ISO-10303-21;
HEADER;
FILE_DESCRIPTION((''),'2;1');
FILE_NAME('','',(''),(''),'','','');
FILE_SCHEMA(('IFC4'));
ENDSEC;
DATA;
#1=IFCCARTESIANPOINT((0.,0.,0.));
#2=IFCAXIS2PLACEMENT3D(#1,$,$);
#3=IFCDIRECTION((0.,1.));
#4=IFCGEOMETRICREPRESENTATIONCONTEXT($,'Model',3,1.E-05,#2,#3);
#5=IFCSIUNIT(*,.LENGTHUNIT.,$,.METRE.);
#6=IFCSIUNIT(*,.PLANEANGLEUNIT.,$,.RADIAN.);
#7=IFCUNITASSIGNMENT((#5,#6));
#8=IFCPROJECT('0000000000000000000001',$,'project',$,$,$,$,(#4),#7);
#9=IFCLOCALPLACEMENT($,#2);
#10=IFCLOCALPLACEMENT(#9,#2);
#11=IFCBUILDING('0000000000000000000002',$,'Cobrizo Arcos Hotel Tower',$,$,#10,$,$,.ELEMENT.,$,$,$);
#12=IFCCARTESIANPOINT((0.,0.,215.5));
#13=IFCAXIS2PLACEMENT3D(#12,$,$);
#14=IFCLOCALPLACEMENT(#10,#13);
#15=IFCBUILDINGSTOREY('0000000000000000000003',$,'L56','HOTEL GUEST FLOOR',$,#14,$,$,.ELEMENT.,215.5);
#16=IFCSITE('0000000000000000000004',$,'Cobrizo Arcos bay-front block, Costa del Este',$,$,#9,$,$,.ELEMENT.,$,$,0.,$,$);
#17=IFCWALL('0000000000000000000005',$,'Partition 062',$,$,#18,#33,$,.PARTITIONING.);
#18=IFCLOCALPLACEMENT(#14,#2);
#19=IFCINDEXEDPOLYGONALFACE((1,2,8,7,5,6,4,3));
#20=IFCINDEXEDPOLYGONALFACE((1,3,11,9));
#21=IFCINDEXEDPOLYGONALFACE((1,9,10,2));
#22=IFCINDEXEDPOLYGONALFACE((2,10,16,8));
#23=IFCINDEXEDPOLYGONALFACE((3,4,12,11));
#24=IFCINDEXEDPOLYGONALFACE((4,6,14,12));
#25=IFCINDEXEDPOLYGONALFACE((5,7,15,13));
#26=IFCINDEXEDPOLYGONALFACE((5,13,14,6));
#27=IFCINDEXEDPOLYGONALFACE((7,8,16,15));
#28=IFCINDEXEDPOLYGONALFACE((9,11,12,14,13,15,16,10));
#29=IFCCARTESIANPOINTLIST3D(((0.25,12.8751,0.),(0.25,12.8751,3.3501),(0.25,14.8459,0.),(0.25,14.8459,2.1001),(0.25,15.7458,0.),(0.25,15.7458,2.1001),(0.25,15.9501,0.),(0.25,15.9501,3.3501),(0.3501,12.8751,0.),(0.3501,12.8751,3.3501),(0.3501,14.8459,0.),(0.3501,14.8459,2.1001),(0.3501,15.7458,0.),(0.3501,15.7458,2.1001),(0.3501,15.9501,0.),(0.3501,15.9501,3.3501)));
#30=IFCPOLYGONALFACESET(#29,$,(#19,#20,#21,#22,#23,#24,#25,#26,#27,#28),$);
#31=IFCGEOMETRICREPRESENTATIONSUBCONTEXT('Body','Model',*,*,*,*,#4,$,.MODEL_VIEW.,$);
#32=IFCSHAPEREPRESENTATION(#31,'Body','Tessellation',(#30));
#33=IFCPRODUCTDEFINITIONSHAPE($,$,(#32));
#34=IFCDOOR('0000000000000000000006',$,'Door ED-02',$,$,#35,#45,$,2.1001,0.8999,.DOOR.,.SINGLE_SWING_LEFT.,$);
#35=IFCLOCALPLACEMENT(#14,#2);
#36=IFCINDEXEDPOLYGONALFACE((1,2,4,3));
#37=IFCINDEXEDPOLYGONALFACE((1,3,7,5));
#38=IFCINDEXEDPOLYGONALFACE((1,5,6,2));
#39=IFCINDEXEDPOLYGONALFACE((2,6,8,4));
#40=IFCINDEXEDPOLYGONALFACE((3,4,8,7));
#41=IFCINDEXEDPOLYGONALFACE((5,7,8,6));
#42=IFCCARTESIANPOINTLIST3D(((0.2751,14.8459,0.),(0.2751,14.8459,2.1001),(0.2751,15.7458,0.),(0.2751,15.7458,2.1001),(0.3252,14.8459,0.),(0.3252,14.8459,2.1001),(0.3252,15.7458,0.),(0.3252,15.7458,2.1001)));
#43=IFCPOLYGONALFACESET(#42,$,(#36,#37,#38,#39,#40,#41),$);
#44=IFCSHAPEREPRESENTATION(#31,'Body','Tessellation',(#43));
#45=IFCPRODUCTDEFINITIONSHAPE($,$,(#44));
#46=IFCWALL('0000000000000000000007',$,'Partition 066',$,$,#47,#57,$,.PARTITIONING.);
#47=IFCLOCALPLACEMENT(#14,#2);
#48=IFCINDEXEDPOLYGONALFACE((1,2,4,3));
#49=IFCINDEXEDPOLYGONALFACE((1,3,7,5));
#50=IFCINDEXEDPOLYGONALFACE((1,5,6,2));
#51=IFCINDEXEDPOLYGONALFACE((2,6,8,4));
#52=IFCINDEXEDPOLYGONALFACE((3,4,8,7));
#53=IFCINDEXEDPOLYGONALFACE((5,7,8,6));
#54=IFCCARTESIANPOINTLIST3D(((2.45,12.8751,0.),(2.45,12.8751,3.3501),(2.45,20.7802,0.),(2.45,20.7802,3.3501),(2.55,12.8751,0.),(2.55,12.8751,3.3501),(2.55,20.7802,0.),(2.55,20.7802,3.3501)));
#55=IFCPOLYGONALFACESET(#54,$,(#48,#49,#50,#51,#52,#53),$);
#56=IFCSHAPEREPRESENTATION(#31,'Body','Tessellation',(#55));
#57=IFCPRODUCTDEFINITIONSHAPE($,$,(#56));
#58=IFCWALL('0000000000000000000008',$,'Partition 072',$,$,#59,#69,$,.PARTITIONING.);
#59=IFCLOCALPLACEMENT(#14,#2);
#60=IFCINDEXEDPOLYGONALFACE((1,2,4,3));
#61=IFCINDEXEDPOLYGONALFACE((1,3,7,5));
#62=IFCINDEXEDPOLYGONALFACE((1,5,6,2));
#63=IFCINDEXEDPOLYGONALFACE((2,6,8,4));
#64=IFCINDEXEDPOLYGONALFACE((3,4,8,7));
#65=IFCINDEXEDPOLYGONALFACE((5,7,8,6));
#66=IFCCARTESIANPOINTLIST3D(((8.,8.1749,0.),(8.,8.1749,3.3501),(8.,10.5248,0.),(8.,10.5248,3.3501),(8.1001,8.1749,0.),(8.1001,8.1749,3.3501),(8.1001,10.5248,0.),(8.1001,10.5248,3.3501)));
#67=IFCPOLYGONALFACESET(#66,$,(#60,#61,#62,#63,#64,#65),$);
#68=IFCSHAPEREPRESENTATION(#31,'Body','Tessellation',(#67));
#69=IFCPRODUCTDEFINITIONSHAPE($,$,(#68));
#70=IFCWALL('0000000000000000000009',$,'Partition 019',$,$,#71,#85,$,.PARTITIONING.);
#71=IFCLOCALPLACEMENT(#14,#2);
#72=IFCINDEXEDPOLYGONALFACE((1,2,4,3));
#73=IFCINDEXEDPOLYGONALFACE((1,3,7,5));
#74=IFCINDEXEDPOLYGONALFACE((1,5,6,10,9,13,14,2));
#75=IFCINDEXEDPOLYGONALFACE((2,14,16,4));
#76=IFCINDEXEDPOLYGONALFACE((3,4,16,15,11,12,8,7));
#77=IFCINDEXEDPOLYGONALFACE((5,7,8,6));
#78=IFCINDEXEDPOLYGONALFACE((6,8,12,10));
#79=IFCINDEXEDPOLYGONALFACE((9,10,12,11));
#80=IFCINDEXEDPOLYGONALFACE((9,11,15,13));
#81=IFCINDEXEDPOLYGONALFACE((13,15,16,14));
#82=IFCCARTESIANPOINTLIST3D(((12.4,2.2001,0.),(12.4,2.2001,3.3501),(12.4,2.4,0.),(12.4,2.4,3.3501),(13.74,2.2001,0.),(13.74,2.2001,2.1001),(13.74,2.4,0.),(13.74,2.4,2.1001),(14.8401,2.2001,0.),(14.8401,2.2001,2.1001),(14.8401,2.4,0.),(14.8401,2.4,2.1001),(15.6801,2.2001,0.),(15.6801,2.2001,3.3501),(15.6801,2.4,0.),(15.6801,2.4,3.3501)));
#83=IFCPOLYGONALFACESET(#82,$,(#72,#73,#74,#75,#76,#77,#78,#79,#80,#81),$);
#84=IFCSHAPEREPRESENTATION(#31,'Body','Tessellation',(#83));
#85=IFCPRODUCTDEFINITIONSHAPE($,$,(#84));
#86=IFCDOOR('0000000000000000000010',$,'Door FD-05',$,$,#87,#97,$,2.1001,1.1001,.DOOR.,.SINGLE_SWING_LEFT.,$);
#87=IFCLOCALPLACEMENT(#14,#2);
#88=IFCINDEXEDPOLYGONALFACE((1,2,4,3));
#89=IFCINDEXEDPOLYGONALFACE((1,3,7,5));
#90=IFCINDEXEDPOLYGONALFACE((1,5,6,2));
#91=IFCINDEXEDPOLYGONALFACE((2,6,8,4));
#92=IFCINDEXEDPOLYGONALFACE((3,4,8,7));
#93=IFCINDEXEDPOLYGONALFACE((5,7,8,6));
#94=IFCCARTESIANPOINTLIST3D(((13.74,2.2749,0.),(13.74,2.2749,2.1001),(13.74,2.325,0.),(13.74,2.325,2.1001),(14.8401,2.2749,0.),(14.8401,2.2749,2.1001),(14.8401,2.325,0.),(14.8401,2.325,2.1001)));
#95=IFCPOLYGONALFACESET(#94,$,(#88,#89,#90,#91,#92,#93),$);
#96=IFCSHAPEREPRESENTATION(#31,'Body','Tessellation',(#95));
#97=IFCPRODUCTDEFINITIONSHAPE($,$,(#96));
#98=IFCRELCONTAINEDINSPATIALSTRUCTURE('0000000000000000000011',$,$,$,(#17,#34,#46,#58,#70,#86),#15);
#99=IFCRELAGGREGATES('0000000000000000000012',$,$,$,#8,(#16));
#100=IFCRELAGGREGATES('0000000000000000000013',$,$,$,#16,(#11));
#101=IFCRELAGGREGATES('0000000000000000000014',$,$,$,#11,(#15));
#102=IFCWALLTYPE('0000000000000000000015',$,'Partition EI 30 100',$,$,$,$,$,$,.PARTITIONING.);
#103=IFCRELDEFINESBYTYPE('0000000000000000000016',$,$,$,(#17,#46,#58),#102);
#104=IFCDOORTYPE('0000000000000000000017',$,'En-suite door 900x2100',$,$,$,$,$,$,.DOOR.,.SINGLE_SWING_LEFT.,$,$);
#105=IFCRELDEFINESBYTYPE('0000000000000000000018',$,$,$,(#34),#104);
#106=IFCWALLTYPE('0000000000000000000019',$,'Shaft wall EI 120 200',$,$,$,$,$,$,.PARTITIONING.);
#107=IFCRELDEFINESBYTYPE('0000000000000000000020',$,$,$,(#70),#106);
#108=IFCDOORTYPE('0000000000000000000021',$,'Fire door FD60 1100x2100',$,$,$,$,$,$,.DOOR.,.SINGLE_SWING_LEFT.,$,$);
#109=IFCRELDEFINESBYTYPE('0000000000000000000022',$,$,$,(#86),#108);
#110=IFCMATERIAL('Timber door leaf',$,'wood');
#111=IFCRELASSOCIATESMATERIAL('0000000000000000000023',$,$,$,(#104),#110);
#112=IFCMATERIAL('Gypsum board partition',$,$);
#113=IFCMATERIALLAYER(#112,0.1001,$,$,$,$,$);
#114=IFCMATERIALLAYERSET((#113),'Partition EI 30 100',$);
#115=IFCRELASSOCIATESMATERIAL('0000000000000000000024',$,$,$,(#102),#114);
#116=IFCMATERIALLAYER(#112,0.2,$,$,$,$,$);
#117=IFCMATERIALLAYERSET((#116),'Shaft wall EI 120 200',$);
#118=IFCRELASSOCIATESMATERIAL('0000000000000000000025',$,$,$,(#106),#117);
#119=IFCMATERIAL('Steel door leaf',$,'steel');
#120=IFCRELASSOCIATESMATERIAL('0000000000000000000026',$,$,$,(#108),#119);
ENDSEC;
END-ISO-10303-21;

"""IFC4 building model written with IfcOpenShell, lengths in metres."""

from ifc_helpers import new_model, si_unit, direction, frame, frame_2d, origin, place, context, subcontext, project, spatial, rectangle, extrude, material, layer, layer_set, type_object, element, fill, save


model = new_model("IFC4")

# Units and contexts
model_context = context("Model", 3, precision=1e-05, world=origin(), true_north=direction((0.0, 1.0)))
body_context = subcontext(model_context, "Body", "Model", "MODEL_VIEW")
ifc_project = project(units=[si_unit("LENGTHUNIT", "METRE"), si_unit("PLANEANGLEUNIT", "RADIAN")], contexts=[model_context])

# Site, building, storey
site_placement = place(None, origin())
site = spatial("IfcSite", under=ifc_project, at=site_placement, Name="Cobrizo Arcos bay-front block, Costa del Este", CompositionType="ELEMENT", RefElevation=0.0)
building_placement = place(site_placement, origin())
building = spatial("IfcBuilding", under=site, at=building_placement, Name="Cobrizo Arcos Hotel Tower", CompositionType="ELEMENT")
storey_placement = place(building_placement, frame((0.0, 0.0, 215.5)))
storey = spatial("IfcBuildingStorey", under=building, at=storey_placement, Name="L56", Description="HOTEL GUEST FLOOR", CompositionType="ELEMENT", Elevation=215.5)

# Shared definitions
ifc_material_1 = material(Name="Gypsum board partition")

# Shared definitions
ifc_material_2 = material(Name="Timber door leaf", Category="wood")
door_type_1 = type_object("IfcDoorType", Name="En-suite door 900x2100", OperationType="SINGLE_SWING_LEFT", PredefinedType="DOOR", material=ifc_material_2)

# Wall, opening, door
ifc_layer_1 = layer(ifc_material_1, 0.1001)
ifc_layer_set_1 = layer_set([ifc_layer_1], Name="Partition EI 30 100")
wall_type_1 = type_object("IfcWallType", Name="Partition EI 30 100", PredefinedType="PARTITIONING", material=ifc_layer_set_1)
wall_1_placement = place(storey_placement, frame((0.3, 12.875, 0.0), z_axis=(0.0, 0.0, 1.0), x_axis=(0.0, 1.0, 0.0)))
wall_1 = element("IfcWall", 1, at=wall_1_placement, inside=storey, type_object=wall_type_1, Name="Partition 062", PredefinedType="PARTITIONING", context=body_context, shape_type="SweptSolid", body=[
    extrude(rectangle(XDim=3.075, YDim=0.1001, at=frame_2d((1.5376, 0.0))), origin(), (0.0, 0.0, 1.0), 3.3501),
])
opening_1_placement = place(wall_1_placement, frame((1.9709, 0.0, 0.0)))
opening_1 = element("IfcOpeningElement", 2, at=opening_1_placement, cuts=wall_1, PredefinedType="OPENING", context=body_context, shape_type="SweptSolid", body=[
    extrude(rectangle(XDim=0.8999, YDim=2.1001, at=frame_2d((0.45, 1.05))), frame((0.0, 0.062, 0.0), z_axis=(0.0, -1.0, 0.0), x_axis=(1.0, 0.0, 0.0)), (0.0, 0.0, 1.0), 0.124),
])
door_1_placement = place(opening_1_placement, origin())
door_1 = element("IfcDoor", 3, at=door_1_placement, inside=storey, type_object=door_type_1, Name="Door ED-02", OperationType="SINGLE_SWING_LEFT", OverallHeight=2.1001, OverallWidth=0.8999, PredefinedType="DOOR", context=body_context, shape_type="SweptSolid", body=[
    extrude(rectangle(XDim=0.8999, YDim=2.1001, at=frame_2d((0.45, 1.05))), frame((0.0, 0.0249, 0.0), z_axis=(0.0, -1.0, 0.0), x_axis=(1.0, 0.0, 0.0)), (0.0, 0.0, 1.0), 0.05),
])
fill(opening_1, door_1)

# Walls
wall_2_placement = place(storey_placement, frame((2.5, 12.875, 0.0), z_axis=(0.0, 0.0, 1.0), x_axis=(0.0, 1.0, 0.0)))
element("IfcWall", 4, at=wall_2_placement, inside=storey, type_object=wall_type_1, Name="Partition 066", PredefinedType="PARTITIONING", context=body_context, shape_type="SweptSolid", body=[
    extrude(rectangle(XDim=7.905, YDim=0.1001, at=frame_2d((3.9526, 0.0))), origin(), (0.0, 0.0, 1.0), 3.3501),
])
wall_3_placement = place(storey_placement, frame((8.05, 8.175, 0.0), z_axis=(0.0, 0.0, 1.0), x_axis=(0.0, 1.0, 0.0)))
element("IfcWall", 5, at=wall_3_placement, inside=storey, type_object=wall_type_1, Name="Partition 072", PredefinedType="PARTITIONING", context=body_context, shape_type="SweptSolid", body=[
    extrude(rectangle(XDim=2.3499, YDim=0.1001, at=frame_2d((1.1748, 0.0))), origin(), (0.0, 0.0, 1.0), 3.3501),
])

# Wall, opening, door
ifc_layer_2 = layer(ifc_material_1, 0.2)
ifc_layer_set_2 = layer_set([ifc_layer_2], Name="Shaft wall EI 120 200")
wall_type_2 = type_object("IfcWallType", Name="Shaft wall EI 120 200", PredefinedType="PARTITIONING", material=ifc_layer_set_2)
wall_4_placement = place(storey_placement, frame((12.3999, 2.3, 0.0), z_axis=(0.0, 0.0, 1.0), x_axis=(1.0, 0.0, 0.0)))
wall_4 = element("IfcWall", 6, at=wall_4_placement, inside=storey, type_object=wall_type_2, Name="Partition 019", PredefinedType="PARTITIONING", context=body_context, shape_type="SweptSolid", body=[
    extrude(rectangle(XDim=3.28, YDim=0.2, at=frame_2d((1.6401, 0.0))), origin(), (0.0, 0.0, 1.0), 3.3501),
])
opening_2_placement = place(wall_4_placement, frame((1.3401, 0.0, 0.0)))
opening_2 = element("IfcOpeningElement", 7, at=opening_2_placement, cuts=wall_4, PredefinedType="OPENING", context=body_context, shape_type="SweptSolid", body=[
    extrude(rectangle(XDim=1.1001, YDim=2.1001, at=frame_2d((0.55, 1.05))), frame((0.0, 0.1121, 0.0), z_axis=(0.0, -1.0, 0.0), x_axis=(1.0, 0.0, 0.0)), (0.0, 0.0, 1.0), 0.2239),
])
ifc_material_3 = material(Name="Steel door leaf", Category="steel")
door_type_2 = type_object("IfcDoorType", Name="Fire door FD60 1100x2100", OperationType="SINGLE_SWING_LEFT", PredefinedType="DOOR", material=ifc_material_3)
door_2_placement = place(opening_2_placement, origin())
door_2 = element("IfcDoor", 8, at=door_2_placement, inside=storey, type_object=door_type_2, Name="Door FD-05", OperationType="SINGLE_SWING_LEFT", OverallHeight=2.1001, OverallWidth=1.1001, PredefinedType="DOOR", context=body_context, shape_type="SweptSolid", body=[
    extrude(rectangle(XDim=1.1001, YDim=2.1001, at=frame_2d((0.55, 1.05))), frame((0.0, 0.0249, 0.0), z_axis=(0.0, -1.0, 0.0), x_axis=(1.0, 0.0, 0.0)), (0.0, 0.0, 1.0), 0.05),
])
fill(opening_2, door_2)

save(model, "model.ifc")
